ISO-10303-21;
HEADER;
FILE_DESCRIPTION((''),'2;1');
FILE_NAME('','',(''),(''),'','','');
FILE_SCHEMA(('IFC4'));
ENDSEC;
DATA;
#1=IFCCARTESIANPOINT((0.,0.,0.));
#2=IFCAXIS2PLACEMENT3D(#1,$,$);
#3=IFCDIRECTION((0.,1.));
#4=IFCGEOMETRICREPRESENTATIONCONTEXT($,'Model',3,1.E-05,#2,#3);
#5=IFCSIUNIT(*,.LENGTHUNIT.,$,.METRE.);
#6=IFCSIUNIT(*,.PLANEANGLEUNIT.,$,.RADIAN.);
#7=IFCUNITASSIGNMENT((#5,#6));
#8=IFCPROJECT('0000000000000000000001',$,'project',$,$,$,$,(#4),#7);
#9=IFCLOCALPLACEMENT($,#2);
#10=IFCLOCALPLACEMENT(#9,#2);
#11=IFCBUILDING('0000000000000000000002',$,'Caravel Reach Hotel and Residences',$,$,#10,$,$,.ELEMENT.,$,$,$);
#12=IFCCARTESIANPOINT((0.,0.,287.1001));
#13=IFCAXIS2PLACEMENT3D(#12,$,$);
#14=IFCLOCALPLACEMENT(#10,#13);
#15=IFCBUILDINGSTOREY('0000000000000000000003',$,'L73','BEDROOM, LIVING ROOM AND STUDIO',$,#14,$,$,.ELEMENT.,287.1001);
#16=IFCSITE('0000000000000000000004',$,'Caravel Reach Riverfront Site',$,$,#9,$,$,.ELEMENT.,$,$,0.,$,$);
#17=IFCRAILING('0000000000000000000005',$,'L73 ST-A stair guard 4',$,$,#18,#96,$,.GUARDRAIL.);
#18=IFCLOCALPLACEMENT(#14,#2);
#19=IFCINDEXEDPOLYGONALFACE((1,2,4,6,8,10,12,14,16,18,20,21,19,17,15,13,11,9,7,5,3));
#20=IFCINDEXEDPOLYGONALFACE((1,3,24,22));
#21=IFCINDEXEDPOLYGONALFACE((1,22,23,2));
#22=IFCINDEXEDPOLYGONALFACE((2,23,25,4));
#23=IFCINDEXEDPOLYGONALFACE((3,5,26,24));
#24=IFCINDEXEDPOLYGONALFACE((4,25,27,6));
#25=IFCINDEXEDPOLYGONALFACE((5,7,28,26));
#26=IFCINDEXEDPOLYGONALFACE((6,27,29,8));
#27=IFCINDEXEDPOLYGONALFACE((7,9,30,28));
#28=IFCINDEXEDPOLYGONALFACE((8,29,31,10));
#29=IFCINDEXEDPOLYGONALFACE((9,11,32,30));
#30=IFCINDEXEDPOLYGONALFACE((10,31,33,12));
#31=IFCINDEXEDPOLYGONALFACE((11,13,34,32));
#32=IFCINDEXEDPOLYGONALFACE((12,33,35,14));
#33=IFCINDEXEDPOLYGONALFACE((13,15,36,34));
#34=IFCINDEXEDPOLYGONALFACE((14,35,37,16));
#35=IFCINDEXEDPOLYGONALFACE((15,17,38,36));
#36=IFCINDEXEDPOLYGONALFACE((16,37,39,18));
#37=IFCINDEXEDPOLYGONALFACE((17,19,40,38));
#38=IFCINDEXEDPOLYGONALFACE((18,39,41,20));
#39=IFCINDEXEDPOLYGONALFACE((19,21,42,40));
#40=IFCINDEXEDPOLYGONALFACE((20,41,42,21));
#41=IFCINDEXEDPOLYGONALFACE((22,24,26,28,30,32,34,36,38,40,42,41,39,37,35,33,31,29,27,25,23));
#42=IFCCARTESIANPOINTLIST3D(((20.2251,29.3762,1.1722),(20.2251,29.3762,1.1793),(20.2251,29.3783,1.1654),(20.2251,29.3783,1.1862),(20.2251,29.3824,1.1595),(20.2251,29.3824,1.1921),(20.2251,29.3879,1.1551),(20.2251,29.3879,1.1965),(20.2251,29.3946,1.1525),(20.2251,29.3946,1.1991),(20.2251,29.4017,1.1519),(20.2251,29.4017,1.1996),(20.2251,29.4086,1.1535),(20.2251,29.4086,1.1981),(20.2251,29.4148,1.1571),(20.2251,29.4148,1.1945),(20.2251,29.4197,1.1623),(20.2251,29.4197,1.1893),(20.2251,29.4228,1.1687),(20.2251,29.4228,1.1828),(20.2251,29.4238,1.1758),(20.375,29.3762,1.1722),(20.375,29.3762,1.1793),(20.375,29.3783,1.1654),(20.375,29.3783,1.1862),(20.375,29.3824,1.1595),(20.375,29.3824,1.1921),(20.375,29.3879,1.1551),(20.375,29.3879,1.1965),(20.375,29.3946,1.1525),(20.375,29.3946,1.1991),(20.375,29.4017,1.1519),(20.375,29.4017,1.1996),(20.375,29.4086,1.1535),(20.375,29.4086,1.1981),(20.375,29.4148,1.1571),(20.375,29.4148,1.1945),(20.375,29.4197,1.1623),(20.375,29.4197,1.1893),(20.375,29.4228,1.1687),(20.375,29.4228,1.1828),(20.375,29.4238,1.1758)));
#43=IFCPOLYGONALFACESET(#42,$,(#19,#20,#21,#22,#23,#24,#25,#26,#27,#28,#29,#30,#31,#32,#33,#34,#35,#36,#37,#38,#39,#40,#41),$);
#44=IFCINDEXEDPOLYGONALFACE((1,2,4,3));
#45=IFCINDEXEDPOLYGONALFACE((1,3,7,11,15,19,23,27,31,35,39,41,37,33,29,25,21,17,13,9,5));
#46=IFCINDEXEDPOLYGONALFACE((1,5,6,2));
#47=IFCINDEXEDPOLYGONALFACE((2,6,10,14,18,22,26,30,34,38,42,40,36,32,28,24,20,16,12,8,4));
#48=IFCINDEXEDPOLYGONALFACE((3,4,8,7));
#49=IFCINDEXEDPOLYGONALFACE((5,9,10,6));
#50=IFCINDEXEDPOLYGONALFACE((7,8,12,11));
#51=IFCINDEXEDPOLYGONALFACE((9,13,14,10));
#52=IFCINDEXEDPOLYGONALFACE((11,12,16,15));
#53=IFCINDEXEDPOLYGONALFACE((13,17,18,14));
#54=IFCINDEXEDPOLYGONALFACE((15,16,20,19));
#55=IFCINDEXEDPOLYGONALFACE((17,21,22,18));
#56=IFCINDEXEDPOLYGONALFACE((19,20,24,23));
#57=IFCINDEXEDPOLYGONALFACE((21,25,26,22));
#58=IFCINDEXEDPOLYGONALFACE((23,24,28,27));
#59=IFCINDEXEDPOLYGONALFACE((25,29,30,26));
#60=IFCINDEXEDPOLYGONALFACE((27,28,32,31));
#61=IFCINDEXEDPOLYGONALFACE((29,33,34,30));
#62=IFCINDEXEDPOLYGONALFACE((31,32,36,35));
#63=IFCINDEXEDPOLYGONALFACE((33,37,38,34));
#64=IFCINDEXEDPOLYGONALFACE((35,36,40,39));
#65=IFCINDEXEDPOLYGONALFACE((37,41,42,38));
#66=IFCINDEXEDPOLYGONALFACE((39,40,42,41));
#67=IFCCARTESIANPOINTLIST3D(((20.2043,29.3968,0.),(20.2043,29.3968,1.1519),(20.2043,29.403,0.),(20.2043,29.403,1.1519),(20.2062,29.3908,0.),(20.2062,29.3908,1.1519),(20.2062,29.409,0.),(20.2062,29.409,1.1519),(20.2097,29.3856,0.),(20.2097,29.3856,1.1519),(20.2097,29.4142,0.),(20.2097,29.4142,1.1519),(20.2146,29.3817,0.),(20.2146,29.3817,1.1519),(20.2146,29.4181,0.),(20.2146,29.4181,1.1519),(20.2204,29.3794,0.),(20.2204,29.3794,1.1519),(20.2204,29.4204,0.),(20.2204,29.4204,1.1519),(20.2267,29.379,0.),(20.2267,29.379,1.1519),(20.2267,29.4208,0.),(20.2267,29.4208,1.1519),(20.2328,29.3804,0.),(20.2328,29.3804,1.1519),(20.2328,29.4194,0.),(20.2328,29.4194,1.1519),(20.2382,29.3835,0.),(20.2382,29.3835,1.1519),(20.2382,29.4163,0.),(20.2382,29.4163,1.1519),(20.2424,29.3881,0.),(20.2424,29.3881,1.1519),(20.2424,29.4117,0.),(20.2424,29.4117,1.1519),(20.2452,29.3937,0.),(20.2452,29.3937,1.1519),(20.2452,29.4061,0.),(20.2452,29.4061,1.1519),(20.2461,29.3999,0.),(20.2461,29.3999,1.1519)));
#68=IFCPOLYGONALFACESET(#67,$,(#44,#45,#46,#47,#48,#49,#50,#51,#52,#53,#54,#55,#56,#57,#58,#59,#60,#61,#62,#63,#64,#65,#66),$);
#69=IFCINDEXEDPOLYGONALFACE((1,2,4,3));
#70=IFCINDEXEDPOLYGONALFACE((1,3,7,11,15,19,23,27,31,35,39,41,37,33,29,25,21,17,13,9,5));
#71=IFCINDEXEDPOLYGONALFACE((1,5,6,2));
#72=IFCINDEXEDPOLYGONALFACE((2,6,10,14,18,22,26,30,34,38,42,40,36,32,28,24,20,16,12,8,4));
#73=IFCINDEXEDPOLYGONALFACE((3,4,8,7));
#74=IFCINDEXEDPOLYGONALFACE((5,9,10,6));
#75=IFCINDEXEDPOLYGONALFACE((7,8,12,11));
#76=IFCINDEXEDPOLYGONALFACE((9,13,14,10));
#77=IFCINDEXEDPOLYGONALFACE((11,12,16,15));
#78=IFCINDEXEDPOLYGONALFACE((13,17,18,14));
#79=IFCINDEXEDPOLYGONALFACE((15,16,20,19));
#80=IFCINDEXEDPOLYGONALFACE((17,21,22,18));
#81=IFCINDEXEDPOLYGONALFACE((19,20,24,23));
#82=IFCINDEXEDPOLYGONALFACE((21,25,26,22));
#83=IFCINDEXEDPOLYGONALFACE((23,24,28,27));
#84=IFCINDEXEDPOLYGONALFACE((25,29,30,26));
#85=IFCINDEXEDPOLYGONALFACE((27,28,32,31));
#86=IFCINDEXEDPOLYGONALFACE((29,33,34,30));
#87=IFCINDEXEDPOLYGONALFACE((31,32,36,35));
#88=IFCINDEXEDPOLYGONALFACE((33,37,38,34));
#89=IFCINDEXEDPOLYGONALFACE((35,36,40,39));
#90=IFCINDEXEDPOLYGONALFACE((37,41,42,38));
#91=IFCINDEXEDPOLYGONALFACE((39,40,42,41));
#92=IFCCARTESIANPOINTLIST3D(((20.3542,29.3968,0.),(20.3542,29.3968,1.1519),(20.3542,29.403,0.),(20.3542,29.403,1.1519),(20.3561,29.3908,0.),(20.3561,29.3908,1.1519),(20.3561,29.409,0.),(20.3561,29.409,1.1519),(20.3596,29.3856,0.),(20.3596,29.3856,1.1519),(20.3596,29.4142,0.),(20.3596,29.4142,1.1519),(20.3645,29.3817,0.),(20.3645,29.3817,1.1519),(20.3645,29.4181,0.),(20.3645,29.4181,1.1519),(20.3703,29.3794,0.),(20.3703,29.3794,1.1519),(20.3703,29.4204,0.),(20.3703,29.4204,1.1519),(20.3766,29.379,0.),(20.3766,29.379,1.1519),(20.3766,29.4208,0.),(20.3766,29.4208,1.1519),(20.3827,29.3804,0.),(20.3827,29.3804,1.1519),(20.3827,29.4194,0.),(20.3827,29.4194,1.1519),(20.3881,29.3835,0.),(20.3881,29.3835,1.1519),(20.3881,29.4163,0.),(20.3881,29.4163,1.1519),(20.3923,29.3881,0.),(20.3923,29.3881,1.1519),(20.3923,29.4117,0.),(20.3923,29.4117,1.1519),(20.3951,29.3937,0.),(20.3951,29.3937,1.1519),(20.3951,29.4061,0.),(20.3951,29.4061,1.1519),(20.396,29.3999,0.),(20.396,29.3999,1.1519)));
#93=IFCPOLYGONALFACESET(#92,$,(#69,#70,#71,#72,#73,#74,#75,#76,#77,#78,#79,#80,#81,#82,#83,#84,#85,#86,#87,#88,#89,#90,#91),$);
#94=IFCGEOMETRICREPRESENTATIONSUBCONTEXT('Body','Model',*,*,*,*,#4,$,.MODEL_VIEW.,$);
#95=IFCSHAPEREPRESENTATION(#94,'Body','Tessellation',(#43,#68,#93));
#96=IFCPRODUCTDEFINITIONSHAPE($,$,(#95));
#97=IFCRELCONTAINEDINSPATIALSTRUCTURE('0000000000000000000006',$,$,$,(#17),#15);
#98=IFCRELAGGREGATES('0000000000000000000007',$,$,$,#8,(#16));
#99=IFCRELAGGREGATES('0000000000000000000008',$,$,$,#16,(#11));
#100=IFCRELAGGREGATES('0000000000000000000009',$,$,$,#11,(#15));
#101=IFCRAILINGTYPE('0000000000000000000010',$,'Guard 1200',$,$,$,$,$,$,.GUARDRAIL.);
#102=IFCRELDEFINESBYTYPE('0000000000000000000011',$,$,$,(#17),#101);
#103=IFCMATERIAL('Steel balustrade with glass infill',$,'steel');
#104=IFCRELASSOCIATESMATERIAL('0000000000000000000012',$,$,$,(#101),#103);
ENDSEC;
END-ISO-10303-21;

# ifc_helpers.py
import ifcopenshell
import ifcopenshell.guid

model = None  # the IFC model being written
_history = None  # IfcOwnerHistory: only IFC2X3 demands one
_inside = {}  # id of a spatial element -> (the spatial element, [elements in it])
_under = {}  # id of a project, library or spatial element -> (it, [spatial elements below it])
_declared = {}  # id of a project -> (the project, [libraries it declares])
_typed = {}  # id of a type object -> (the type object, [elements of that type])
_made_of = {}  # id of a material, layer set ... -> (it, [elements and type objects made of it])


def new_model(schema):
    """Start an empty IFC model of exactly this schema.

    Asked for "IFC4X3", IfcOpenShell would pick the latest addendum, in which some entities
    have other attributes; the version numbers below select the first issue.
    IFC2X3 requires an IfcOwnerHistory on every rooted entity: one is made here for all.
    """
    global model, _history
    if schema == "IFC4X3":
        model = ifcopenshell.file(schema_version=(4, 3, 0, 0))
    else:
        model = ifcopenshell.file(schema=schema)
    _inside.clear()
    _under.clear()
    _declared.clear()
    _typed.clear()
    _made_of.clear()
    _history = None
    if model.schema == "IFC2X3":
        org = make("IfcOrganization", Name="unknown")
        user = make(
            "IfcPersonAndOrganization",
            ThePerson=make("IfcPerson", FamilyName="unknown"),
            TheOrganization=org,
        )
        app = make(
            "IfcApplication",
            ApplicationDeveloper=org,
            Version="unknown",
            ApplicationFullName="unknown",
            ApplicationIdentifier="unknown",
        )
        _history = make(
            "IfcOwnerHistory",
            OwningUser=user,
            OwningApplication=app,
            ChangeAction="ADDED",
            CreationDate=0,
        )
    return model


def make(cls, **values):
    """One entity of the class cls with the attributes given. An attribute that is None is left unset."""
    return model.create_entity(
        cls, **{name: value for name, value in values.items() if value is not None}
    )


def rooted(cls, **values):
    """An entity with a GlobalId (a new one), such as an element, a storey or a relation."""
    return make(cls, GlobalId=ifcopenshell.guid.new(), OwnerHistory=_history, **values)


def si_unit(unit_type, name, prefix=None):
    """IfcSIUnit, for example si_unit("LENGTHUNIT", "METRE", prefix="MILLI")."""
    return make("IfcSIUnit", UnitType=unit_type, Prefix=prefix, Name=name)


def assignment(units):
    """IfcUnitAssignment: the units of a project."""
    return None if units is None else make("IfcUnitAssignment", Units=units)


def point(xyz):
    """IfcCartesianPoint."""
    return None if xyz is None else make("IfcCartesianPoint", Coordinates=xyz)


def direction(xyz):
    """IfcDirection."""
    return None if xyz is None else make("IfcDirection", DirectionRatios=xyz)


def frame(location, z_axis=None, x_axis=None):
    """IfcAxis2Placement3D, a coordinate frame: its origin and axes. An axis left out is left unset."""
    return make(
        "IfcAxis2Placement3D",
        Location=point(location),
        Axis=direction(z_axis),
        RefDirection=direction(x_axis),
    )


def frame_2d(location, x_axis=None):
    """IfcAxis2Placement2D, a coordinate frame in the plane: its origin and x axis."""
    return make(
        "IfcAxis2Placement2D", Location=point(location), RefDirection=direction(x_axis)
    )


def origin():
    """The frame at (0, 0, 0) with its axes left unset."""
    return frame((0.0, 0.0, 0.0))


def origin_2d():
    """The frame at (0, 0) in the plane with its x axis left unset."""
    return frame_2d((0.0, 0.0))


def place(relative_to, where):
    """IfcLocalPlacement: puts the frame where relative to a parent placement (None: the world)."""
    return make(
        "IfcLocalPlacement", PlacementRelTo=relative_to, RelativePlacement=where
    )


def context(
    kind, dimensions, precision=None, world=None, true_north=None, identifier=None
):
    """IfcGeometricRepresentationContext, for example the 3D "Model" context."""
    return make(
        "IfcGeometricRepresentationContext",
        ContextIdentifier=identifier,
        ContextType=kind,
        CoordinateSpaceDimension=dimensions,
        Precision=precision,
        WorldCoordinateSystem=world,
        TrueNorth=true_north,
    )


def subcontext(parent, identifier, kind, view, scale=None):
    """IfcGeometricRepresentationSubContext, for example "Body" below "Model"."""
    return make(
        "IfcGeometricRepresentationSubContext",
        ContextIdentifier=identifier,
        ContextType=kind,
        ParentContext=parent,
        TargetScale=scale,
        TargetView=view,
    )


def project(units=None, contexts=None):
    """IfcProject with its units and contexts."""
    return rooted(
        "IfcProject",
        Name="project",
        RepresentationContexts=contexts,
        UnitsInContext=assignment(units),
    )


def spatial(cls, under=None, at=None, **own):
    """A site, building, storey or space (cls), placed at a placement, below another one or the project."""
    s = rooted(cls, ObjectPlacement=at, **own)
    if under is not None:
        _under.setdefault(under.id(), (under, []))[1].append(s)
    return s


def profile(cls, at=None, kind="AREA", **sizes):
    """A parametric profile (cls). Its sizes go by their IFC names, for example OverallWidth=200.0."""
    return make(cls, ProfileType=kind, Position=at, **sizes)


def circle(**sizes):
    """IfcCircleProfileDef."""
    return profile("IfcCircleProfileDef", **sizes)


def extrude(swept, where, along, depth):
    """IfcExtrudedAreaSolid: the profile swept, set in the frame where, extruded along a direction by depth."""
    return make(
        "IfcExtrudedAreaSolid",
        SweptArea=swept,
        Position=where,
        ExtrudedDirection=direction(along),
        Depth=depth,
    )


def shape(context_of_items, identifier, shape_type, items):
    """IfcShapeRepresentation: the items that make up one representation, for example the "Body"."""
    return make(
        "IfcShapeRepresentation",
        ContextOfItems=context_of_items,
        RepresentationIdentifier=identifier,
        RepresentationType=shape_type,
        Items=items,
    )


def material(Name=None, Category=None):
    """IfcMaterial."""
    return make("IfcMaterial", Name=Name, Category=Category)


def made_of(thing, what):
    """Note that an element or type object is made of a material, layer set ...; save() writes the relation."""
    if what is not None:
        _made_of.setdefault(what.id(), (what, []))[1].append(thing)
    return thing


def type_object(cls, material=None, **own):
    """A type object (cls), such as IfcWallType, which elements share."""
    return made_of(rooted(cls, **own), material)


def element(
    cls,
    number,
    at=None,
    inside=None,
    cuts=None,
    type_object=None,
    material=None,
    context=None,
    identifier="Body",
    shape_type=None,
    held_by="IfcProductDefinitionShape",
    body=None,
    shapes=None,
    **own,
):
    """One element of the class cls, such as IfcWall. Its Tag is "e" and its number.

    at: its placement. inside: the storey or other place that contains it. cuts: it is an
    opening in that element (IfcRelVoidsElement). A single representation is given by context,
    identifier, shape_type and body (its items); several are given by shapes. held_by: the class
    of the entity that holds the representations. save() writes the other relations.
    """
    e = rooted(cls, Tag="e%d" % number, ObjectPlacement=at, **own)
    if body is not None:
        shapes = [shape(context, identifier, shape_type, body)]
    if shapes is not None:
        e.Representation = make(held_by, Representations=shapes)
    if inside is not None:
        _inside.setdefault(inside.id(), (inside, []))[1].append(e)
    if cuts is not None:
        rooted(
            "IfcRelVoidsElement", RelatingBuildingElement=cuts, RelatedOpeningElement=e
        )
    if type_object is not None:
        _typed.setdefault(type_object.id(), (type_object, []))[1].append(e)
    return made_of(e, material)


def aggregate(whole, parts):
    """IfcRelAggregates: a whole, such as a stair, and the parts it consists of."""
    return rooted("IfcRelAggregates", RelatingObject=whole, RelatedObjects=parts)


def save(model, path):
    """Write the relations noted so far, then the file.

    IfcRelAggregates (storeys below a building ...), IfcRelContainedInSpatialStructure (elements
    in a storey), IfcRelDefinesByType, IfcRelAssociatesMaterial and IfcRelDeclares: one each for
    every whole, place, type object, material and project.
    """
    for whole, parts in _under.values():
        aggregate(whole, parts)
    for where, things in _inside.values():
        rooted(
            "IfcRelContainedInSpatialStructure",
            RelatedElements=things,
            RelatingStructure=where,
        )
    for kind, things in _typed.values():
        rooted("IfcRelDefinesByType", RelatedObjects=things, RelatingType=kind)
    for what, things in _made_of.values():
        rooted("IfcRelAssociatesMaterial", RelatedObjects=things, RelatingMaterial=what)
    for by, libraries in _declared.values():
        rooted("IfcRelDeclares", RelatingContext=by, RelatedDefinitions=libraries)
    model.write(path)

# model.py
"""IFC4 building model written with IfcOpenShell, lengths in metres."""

from ifc_helpers import new_model, si_unit, direction, frame, origin, origin_2d, place, context, subcontext, project, spatial, circle, extrude, material, type_object, element, save


model = new_model("IFC4")

# Units and contexts
model_context = context("Model", 3, precision=1e-05, world=origin(), true_north=direction((0.0, 1.0)))
body_context = subcontext(model_context, "Body", "Model", "MODEL_VIEW")
ifc_project = project(units=[si_unit("LENGTHUNIT", "METRE"), si_unit("PLANEANGLEUNIT", "RADIAN")], contexts=[model_context])

# Site, building, storey
site_placement = place(None, origin())
site = spatial("IfcSite", under=ifc_project, at=site_placement, Name="Caravel Reach Riverfront Site", CompositionType="ELEMENT", RefElevation=0.0)
building_placement = place(site_placement, origin())
building = spatial("IfcBuilding", under=site, at=building_placement, Name="Caravel Reach Hotel and Residences", CompositionType="ELEMENT")
storey_placement = place(building_placement, frame((0.0, 0.0, 287.1001)))
storey = spatial("IfcBuildingStorey", under=building, at=storey_placement, Name="L73", Description="BEDROOM, LIVING ROOM AND STUDIO", CompositionType="ELEMENT", Elevation=287.1001)

# Railing
ifc_material_1 = material(Name="Steel balustrade with glass infill", Category="steel")
railing_type_1 = type_object("IfcRailingType", Name="Guard 1200", PredefinedType="GUARDRAIL", material=ifc_material_1)
railing_1_placement = place(storey_placement, frame((20.2251, 29.3999, 0.0)))
element("IfcRailing", 1, at=railing_1_placement, inside=storey, type_object=railing_type_1, Name="L73 ST-A stair guard 4", PredefinedType="GUARDRAIL", context=body_context, shape_type="SweptSolid", body=[
    extrude(circle(Radius=0.0239, at=origin_2d()), frame((0.0, 0.0, 1.1758), z_axis=(1.0, 0.0, 0.0), x_axis=(0.0, 1.0, 0.0)), (0.0, 0.0, 1.0), 0.1499),
    extrude(circle(Radius=0.021, at=origin_2d()), origin(), (0.0, 0.0, 1.0), 1.1519),
    extrude(circle(Radius=0.021, at=origin_2d()), frame((0.1499, 0.0, 0.0)), (0.0, 0.0, 1.0), 1.1519),
])

save(model, "model.ifc")
